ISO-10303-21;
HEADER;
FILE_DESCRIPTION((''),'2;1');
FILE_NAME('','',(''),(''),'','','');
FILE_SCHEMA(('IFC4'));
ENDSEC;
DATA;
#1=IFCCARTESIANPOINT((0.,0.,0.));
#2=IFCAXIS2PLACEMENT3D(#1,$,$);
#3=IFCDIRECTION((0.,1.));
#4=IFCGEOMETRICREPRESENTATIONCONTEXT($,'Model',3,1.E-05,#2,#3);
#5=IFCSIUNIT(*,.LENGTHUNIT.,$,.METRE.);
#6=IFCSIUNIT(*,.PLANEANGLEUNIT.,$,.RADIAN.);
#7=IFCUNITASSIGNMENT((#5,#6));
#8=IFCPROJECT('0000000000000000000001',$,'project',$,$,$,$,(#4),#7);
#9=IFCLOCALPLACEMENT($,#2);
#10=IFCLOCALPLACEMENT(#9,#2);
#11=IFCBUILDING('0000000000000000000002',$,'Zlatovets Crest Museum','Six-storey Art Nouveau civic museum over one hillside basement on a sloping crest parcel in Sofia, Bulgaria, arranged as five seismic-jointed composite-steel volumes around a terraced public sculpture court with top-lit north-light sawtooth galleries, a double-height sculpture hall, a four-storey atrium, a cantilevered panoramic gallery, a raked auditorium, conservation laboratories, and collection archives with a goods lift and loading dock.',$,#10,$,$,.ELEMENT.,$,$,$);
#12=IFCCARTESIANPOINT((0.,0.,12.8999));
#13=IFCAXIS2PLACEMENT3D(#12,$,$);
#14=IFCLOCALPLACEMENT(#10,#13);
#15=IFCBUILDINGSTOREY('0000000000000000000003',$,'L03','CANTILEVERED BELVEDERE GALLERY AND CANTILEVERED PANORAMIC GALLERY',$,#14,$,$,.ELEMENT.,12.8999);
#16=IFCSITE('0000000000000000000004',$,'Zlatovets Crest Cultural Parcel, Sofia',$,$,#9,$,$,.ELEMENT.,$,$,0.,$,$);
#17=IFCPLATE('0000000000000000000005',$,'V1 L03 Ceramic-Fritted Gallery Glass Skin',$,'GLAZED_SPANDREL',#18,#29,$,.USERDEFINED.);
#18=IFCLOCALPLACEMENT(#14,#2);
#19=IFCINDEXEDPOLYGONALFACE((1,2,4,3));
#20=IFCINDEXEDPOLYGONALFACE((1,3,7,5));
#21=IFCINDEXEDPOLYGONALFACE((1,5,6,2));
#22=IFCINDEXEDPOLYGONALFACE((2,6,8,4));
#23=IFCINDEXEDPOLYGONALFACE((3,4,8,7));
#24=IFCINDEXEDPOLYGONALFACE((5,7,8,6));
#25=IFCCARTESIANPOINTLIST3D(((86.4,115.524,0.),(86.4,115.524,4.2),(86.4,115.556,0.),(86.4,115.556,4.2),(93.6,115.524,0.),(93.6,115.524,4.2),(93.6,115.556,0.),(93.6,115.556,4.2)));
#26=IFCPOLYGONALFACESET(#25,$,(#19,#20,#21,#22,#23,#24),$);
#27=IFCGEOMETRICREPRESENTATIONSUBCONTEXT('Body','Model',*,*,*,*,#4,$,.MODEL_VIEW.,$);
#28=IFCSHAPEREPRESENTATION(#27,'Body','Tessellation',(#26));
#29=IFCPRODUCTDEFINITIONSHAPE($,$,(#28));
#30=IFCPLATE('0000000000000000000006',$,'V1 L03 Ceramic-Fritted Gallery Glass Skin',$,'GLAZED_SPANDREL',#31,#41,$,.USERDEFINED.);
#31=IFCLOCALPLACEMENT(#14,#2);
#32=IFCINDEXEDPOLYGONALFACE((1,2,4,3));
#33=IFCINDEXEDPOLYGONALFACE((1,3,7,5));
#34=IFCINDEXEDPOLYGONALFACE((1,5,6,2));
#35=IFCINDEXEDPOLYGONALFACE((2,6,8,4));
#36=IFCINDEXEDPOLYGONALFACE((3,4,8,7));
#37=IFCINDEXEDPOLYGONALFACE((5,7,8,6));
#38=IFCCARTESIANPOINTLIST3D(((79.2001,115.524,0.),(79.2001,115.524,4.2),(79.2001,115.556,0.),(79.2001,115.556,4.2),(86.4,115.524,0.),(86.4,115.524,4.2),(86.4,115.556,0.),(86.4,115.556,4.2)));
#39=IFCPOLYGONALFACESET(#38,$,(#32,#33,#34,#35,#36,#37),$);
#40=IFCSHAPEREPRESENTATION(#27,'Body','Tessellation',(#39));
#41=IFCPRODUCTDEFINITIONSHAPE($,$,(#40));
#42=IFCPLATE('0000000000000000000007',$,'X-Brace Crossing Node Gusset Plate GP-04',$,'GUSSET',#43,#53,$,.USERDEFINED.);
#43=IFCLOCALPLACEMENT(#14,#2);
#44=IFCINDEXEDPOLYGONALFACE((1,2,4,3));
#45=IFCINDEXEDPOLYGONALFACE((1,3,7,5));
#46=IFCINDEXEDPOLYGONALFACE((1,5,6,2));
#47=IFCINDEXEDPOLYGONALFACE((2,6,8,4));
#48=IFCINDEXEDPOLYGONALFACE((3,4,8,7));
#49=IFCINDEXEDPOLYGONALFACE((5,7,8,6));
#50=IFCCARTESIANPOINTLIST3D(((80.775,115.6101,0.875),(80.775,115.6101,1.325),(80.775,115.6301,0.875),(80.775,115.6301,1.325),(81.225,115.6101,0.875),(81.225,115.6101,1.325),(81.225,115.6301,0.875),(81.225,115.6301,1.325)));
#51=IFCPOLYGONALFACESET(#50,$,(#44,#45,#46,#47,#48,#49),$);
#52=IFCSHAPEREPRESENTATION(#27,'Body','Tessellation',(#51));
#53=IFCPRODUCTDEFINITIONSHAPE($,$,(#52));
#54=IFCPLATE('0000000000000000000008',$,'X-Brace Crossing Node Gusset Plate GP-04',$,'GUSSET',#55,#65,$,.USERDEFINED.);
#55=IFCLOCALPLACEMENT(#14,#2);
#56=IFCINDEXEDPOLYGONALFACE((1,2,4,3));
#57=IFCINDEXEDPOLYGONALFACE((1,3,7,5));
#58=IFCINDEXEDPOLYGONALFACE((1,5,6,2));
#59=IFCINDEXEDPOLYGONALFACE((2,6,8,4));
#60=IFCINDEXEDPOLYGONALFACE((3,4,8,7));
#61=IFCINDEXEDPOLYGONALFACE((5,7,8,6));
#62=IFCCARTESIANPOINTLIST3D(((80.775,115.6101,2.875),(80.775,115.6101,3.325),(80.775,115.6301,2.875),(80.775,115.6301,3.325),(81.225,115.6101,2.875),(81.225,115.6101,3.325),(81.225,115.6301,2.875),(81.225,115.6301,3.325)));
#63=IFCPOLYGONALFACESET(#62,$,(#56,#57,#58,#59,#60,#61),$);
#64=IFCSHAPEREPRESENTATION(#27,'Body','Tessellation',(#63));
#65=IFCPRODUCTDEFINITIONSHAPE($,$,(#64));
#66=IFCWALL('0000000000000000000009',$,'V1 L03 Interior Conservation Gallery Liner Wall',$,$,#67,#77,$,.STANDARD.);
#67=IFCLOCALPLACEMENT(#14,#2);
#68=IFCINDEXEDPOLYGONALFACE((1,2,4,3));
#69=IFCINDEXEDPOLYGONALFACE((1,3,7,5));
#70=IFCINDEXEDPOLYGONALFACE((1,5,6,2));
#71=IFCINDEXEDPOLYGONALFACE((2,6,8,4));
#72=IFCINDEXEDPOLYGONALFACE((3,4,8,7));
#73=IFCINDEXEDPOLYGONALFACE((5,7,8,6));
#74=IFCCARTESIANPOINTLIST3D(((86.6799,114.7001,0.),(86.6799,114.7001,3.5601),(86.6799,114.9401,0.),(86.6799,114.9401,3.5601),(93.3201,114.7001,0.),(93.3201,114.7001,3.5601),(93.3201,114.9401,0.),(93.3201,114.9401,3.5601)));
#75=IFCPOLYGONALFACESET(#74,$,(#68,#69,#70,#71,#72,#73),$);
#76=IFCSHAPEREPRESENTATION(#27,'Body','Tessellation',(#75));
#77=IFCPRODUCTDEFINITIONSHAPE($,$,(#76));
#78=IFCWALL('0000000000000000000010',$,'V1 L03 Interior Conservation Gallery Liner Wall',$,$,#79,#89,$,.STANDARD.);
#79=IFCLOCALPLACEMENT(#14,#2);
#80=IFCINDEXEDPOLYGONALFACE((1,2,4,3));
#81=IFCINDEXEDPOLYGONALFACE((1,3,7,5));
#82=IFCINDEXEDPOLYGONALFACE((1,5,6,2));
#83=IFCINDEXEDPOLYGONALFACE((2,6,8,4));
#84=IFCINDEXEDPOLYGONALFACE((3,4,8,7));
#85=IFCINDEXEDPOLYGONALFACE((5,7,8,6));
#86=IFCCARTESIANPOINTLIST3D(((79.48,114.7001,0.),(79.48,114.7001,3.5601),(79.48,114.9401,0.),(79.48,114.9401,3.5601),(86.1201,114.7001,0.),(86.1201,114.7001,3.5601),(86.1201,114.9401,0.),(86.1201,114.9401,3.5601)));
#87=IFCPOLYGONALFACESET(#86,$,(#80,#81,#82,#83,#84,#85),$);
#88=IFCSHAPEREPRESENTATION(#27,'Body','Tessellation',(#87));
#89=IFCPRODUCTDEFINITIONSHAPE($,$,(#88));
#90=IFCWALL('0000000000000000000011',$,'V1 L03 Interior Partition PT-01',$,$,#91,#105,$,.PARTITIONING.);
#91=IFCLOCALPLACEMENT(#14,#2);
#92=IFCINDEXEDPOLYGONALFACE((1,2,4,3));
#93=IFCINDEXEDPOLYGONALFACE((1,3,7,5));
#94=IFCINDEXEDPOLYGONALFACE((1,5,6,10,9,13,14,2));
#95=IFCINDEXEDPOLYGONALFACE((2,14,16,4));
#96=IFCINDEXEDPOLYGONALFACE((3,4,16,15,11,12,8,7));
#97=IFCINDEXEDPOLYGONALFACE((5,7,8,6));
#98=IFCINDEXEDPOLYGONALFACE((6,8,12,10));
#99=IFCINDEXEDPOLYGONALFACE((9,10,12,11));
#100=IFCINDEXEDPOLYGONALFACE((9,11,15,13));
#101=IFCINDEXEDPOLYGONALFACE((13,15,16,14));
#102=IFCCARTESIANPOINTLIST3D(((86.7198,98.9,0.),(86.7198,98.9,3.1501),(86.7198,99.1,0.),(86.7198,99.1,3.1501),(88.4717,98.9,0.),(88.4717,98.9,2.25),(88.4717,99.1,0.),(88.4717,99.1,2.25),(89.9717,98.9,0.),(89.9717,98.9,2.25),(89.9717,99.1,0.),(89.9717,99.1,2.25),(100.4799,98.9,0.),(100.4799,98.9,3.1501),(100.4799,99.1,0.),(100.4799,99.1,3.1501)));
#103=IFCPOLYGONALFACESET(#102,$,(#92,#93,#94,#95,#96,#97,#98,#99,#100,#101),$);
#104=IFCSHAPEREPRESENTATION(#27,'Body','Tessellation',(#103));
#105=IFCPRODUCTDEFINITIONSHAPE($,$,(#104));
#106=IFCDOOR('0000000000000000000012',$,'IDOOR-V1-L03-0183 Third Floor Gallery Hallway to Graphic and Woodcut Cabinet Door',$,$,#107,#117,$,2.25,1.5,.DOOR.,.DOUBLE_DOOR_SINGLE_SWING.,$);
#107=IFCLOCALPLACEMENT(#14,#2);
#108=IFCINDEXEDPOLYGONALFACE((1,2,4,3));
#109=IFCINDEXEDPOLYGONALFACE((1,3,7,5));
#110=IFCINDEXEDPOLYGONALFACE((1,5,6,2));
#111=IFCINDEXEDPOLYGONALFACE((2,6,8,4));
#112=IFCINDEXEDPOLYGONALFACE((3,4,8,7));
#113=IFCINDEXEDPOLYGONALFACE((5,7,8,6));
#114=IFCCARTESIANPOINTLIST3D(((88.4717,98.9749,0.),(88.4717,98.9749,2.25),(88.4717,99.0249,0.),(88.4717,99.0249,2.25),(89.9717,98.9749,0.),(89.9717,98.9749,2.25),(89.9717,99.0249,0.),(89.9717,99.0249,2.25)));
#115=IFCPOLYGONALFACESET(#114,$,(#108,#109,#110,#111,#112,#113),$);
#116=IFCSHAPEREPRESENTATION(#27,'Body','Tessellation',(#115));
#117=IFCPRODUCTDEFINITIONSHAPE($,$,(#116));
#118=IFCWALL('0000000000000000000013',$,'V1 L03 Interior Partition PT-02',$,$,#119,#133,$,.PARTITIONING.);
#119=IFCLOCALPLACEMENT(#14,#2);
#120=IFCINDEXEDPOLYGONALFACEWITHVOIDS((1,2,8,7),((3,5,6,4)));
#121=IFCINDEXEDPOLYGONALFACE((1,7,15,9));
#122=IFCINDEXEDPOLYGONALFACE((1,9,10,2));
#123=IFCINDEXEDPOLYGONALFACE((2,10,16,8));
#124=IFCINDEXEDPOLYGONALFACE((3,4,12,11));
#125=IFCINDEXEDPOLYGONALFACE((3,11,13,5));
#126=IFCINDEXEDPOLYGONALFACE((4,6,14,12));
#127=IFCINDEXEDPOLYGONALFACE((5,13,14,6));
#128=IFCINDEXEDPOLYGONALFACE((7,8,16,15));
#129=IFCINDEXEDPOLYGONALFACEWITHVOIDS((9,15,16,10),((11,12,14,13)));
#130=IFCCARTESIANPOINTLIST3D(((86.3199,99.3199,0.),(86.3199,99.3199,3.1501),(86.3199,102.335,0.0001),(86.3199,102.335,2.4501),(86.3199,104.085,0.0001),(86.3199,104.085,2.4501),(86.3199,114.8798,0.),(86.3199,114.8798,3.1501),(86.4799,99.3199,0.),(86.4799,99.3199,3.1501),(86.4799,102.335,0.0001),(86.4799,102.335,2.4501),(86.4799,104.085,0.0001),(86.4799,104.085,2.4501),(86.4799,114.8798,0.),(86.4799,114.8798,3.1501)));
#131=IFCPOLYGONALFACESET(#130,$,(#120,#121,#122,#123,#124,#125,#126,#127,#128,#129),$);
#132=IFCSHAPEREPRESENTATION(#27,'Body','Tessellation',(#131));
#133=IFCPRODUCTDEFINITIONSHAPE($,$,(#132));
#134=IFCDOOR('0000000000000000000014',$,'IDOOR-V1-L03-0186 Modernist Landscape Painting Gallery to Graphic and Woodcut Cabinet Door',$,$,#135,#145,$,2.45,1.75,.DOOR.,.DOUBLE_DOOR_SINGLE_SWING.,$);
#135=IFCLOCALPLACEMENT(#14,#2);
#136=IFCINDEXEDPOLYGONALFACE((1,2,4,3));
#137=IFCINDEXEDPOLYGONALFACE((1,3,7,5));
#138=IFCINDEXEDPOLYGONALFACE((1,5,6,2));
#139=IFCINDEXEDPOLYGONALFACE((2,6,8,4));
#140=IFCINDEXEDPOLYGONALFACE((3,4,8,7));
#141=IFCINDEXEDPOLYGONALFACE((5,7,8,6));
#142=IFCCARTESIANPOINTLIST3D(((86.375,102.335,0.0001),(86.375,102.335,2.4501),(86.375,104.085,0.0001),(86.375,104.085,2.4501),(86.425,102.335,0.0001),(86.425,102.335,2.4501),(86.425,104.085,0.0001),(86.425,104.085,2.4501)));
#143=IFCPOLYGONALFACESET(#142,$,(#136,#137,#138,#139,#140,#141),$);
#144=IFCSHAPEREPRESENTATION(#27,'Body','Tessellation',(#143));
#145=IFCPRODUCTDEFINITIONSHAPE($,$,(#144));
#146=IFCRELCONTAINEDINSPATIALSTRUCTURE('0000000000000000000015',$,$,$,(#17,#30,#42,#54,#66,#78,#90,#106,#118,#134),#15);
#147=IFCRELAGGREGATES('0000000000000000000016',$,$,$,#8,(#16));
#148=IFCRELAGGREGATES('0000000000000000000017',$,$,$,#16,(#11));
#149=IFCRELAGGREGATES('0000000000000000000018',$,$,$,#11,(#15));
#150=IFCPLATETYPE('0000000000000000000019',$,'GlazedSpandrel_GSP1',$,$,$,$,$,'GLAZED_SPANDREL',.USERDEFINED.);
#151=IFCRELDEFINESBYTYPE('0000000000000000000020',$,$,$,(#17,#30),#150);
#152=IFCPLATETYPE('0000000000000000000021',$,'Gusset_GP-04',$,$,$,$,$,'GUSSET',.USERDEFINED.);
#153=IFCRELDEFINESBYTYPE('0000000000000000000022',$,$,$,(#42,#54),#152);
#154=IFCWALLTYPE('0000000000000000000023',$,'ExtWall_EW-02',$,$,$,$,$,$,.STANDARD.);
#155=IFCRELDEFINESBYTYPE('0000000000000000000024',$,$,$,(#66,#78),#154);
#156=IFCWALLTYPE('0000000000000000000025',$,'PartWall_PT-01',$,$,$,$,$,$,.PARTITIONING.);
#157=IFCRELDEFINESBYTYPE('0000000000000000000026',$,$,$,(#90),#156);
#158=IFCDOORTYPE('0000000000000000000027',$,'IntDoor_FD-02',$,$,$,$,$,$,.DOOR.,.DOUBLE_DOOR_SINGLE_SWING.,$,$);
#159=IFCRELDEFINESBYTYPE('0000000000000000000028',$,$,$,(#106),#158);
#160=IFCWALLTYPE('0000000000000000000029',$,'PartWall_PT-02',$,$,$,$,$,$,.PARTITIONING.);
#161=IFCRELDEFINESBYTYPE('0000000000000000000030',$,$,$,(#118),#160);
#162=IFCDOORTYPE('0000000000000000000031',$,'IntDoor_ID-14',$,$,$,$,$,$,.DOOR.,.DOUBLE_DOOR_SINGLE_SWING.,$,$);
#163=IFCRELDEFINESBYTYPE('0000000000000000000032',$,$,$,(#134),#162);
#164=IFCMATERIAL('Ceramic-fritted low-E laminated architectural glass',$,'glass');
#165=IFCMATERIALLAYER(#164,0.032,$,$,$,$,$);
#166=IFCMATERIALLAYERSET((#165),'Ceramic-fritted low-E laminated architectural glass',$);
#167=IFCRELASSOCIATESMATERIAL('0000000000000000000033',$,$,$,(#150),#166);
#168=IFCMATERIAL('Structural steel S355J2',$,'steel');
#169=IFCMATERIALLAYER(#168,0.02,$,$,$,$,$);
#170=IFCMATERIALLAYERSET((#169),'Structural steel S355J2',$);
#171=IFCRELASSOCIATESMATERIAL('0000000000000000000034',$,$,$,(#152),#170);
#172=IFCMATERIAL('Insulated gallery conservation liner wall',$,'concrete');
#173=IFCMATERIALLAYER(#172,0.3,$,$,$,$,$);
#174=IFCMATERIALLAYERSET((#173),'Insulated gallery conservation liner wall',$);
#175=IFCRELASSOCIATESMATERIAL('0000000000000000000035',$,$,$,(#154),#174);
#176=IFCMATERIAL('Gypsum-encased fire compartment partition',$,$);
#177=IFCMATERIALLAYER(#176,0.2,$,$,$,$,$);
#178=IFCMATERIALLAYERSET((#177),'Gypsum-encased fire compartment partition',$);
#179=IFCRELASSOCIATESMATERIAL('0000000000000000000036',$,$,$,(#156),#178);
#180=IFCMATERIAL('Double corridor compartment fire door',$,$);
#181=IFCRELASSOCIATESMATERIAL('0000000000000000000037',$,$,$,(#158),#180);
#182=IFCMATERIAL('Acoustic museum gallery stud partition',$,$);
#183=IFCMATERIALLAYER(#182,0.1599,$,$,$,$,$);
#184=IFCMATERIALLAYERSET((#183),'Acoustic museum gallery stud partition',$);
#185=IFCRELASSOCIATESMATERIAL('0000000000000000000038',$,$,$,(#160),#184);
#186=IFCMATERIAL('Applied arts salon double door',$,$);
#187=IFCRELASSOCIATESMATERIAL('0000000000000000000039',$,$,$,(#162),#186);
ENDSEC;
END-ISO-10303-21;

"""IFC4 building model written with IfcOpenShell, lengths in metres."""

from ifc_helpers import new_model, si_unit, direction, frame, frame_2d, origin, origin_2d, place, context, subcontext, project, spatial, rectangle, extrude, material, layer, layer_set, type_object, element, fill, save


model = new_model("IFC4")

# Units and contexts
model_context = context("Model", 3, precision=1e-05, world=origin(), true_north=direction((0.0, 1.0)))
body_context = subcontext(model_context, "Body", "Model", "MODEL_VIEW")
ifc_project = project(units=[si_unit("LENGTHUNIT", "METRE"), si_unit("PLANEANGLEUNIT", "RADIAN")], contexts=[model_context])

# Site, building, storey
site_placement = place(None, origin())
site = spatial("IfcSite", under=ifc_project, at=site_placement, Name="Zlatovets Crest Cultural Parcel, Sofia", CompositionType="ELEMENT", RefElevation=0.0)
building_placement = place(site_placement, origin())
building = spatial("IfcBuilding", under=site, at=building_placement, Name="Zlatovets Crest Museum", Description="Six-storey Art Nouveau civic museum over one hillside basement on a sloping crest parcel in Sofia, Bulgaria, arranged as five seismic-jointed composite-steel volumes around a terraced public sculpture court with top-lit north-light sawtooth galleries, a double-height sculpture hall, a four-storey atrium, a cantilevered panoramic gallery, a raked auditorium, conservation laboratories, and collection archives with a goods lift and loading dock.", CompositionType="ELEMENT")
storey_placement = place(building_placement, frame((0.0, 0.0, 12.8999)))
storey = spatial("IfcBuildingStorey", under=building, at=storey_placement, Name="L03", Description="CANTILEVERED BELVEDERE GALLERY AND CANTILEVERED PANORAMIC GALLERY", CompositionType="ELEMENT", Elevation=12.8999)

# Shared definitions
ifc_material_1 = material(Name="Structural steel S355J2", Category="steel")

# Plates
ifc_material_2 = material(Name="Ceramic-fritted low-E laminated architectural glass", Category="glass")
ifc_layer_1 = layer(ifc_material_2, 0.032)
ifc_layer_set_1 = layer_set([ifc_layer_1], Name="Ceramic-fritted low-E laminated architectural glass")
plate_type_1 = type_object("IfcPlateType", Name="GlazedSpandrel_GSP1", ElementType="GLAZED_SPANDREL", PredefinedType="USERDEFINED", material=ifc_layer_set_1)
for number, where, z_axis, x_axis, name in (
    (1, (90.0, 115.54, 0.0), (0.0, 0.0, 1.0), (1.0, 0.0, 0.0), "V1 L03 Ceramic-Fritted Gallery Glass Skin"),
    (2, (82.8, 115.54, 0.0), (0.0, 0.0, 1.0), (1.0, 0.0, 0.0), "V1 L03 Ceramic-Fritted Gallery Glass Skin"),
):
    element("IfcPlate", number, at=place(storey_placement, frame(where, z_axis=z_axis, x_axis=x_axis)), inside=storey, type_object=plate_type_1, Name=name, ObjectType="GLAZED_SPANDREL", PredefinedType="USERDEFINED", context=body_context, shape_type="SweptSolid", body=[
        extrude(rectangle(XDim=7.2, YDim=0.032, at=origin_2d()), origin(), (0.0, 0.0, 1.0), 4.2),
    ])
ifc_layer_2 = layer(ifc_material_1, 0.02)
ifc_layer_set_2 = layer_set([ifc_layer_2], Name="Structural steel S355J2")
plate_type_2 = type_object("IfcPlateType", Name="Gusset_GP-04", ElementType="GUSSET", PredefinedType="USERDEFINED", material=ifc_layer_set_2)
for number, where, z_axis, x_axis, name in (
    (3, (81.0, 115.6201, 0.875), (0.0, 0.0, 1.0), (1.0, 0.0, 0.0), "X-Brace Crossing Node Gusset Plate GP-04"),
    (4, (81.0, 115.6201, 2.875), (0.0, 0.0, 1.0), (1.0, 0.0, 0.0), "X-Brace Crossing Node Gusset Plate GP-04"),
):
    element("IfcPlate", number, at=place(storey_placement, frame(where, z_axis=z_axis, x_axis=x_axis)), inside=storey, type_object=plate_type_2, Name=name, ObjectType="GUSSET", PredefinedType="USERDEFINED", context=body_context, shape_type="SweptSolid", body=[
        extrude(rectangle(XDim=0.45, YDim=0.02, at=origin_2d()), origin(), (0.0, 0.0, 1.0), 0.45),
    ])

# Walls
ifc_material_3 = material(Name="Insulated gallery conservation liner wall", Category="concrete")
ifc_layer_3 = layer(ifc_material_3, 0.3)
ifc_layer_set_3 = layer_set([ifc_layer_3], Name="Insulated gallery conservation liner wall")
wall_type_1 = type_object("IfcWallType", Name="ExtWall_EW-02", PredefinedType="STANDARD", material=ifc_layer_set_3)
for number, where, z_axis, x_axis, name in (
    (5, (93.3201, 114.8201, 0.0), (0.0, 0.0, 1.0), (-1.0, 0.0, 0.0), "V1 L03 Interior Conservation Gallery Liner Wall"),
    (6, (86.1201, 114.8201, 0.0), (0.0, 0.0, 1.0), (-1.0, 0.0, 0.0), "V1 L03 Interior Conservation Gallery Liner Wall"),
):
    element("IfcWall", number, at=place(storey_placement, frame(where, z_axis=z_axis, x_axis=x_axis)), inside=storey, type_object=wall_type_1, Name=name, PredefinedType="STANDARD", context=body_context, shape_type="SweptSolid", body=[
        extrude(rectangle(XDim=6.6401, YDim=0.24, at=frame_2d((3.3201, 0.0))), origin(), (0.0, 0.0, 1.0), 3.5601),
    ])

# Walls, openings, doors
ifc_material_4 = material(Name="Gypsum-encased fire compartment partition")
ifc_layer_4 = layer(ifc_material_4, 0.2)
ifc_layer_set_4 = layer_set([ifc_layer_4], Name="Gypsum-encased fire compartment partition")
wall_type_2 = type_object("IfcWallType", Name="PartWall_PT-01", PredefinedType="PARTITIONING", material=ifc_layer_set_4)
wall_1_placement = place(storey_placement, frame((86.72, 99.0, 0.0), z_axis=(0.0, 0.0, 1.0), x_axis=(1.0, 0.0, 0.0)))
wall_1 = element("IfcWall", 7, at=wall_1_placement, inside=storey, type_object=wall_type_2, Name="V1 L03 Interior Partition PT-01", PredefinedType="PARTITIONING", context=body_context, shape_type="SweptSolid", body=[
    extrude(rectangle(XDim=13.76, YDim=0.2, at=frame_2d((6.8799, 0.0))), origin(), (0.0, 0.0, 1.0), 3.1501),
])
opening_1_placement = place(wall_1_placement, frame((1.7517, 0.0, 0.0)))
opening_1 = element("IfcOpeningElement", 8, at=opening_1_placement, cuts=wall_1, PredefinedType="OPENING", context=body_context, shape_type="SweptSolid", body=[
    extrude(rectangle(XDim=1.5, YDim=2.25, at=frame_2d((0.75, 1.125))), frame((0.0, 0.1099, 0.0), z_axis=(0.0, -1.0, 0.0), x_axis=(1.0, 0.0, 0.0)), (0.0, 0.0, 1.0), 0.22),
])
ifc_material_5 = material(Name="Double corridor compartment fire door")
door_type_1 = type_object("IfcDoorType", Name="IntDoor_FD-02", OperationType="DOUBLE_DOOR_SINGLE_SWING", PredefinedType="DOOR", material=ifc_material_5)
door_1_placement = place(opening_1_placement, origin())
door_1 = element("IfcDoor", 9, at=door_1_placement, inside=storey, type_object=door_type_1, Name="IDOOR-V1-L03-0183 Third Floor Gallery Hallway to Graphic and Woodcut Cabinet Door", OperationType="DOUBLE_DOOR_SINGLE_SWING", OverallHeight=2.25, OverallWidth=1.5, PredefinedType="DOOR", context=body_context, shape_type="SweptSolid", body=[
    extrude(rectangle(XDim=1.5, YDim=2.25, at=frame_2d((0.75, 1.125))), frame((0.0, 0.0249, 0.0), z_axis=(0.0, -1.0, 0.0), x_axis=(1.0, 0.0, 0.0)), (0.0, 0.0, 1.0), 0.05),
])
fill(opening_1, door_1)
ifc_material_6 = material(Name="Acoustic museum gallery stud partition")
ifc_layer_5 = layer(ifc_material_6, 0.1599)
ifc_layer_set_5 = layer_set([ifc_layer_5], Name="Acoustic museum gallery stud partition")
wall_type_3 = type_object("IfcWallType", Name="PartWall_PT-02", PredefinedType="PARTITIONING", material=ifc_layer_set_5)
wall_2_placement = place(storey_placement, frame((86.3999, 99.3201, 0.0), z_axis=(0.0, 0.0, 1.0), x_axis=(0.0, 1.0, 0.0)))
wall_2 = element("IfcWall", 10, at=wall_2_placement, inside=storey, type_object=wall_type_3, Name="V1 L03 Interior Partition PT-02", PredefinedType="PARTITIONING", context=body_context, shape_type="SweptSolid", body=[
    extrude(rectangle(XDim=15.5598, YDim=0.1599, at=frame_2d((7.7798, 0.0))), origin(), (0.0, 0.0, 1.0), 3.1501),
])
opening_2_placement = place(wall_2_placement, frame((3.0149, 0.0, 0.0)))
opening_2 = element("IfcOpeningElement", 11, at=opening_2_placement, cuts=wall_2, PredefinedType="OPENING", context=body_context, shape_type="SweptSolid", body=[
    extrude(rectangle(XDim=1.75, YDim=2.45, at=frame_2d((0.875, 1.2251))), frame((0.0, 0.0898, 0.0), z_axis=(0.0, -1.0, 0.0), x_axis=(1.0, 0.0, 0.0)), (0.0, 0.0, 1.0), 0.1799),
])
ifc_material_7 = material(Name="Applied arts salon double door")
door_type_2 = type_object("IfcDoorType", Name="IntDoor_ID-14", OperationType="DOUBLE_DOOR_SINGLE_SWING", PredefinedType="DOOR", material=ifc_material_7)
door_2_placement = place(opening_2_placement, origin())
door_2 = element("IfcDoor", 12, at=door_2_placement, inside=storey, type_object=door_type_2, Name="IDOOR-V1-L03-0186 Modernist Landscape Painting Gallery to Graphic and Woodcut Cabinet Door", OperationType="DOUBLE_DOOR_SINGLE_SWING", OverallHeight=2.45, OverallWidth=1.75, PredefinedType="DOOR", context=body_context, shape_type="SweptSolid", body=[
    extrude(rectangle(XDim=1.75, YDim=2.45, at=frame_2d((0.875, 1.2251))), frame((0.0, 0.0249, 0.0), z_axis=(0.0, -1.0, 0.0), x_axis=(1.0, 0.0, 0.0)), (0.0, 0.0, 1.0), 0.05),
])
fill(opening_2, door_2)

save(model, "model.ifc")
